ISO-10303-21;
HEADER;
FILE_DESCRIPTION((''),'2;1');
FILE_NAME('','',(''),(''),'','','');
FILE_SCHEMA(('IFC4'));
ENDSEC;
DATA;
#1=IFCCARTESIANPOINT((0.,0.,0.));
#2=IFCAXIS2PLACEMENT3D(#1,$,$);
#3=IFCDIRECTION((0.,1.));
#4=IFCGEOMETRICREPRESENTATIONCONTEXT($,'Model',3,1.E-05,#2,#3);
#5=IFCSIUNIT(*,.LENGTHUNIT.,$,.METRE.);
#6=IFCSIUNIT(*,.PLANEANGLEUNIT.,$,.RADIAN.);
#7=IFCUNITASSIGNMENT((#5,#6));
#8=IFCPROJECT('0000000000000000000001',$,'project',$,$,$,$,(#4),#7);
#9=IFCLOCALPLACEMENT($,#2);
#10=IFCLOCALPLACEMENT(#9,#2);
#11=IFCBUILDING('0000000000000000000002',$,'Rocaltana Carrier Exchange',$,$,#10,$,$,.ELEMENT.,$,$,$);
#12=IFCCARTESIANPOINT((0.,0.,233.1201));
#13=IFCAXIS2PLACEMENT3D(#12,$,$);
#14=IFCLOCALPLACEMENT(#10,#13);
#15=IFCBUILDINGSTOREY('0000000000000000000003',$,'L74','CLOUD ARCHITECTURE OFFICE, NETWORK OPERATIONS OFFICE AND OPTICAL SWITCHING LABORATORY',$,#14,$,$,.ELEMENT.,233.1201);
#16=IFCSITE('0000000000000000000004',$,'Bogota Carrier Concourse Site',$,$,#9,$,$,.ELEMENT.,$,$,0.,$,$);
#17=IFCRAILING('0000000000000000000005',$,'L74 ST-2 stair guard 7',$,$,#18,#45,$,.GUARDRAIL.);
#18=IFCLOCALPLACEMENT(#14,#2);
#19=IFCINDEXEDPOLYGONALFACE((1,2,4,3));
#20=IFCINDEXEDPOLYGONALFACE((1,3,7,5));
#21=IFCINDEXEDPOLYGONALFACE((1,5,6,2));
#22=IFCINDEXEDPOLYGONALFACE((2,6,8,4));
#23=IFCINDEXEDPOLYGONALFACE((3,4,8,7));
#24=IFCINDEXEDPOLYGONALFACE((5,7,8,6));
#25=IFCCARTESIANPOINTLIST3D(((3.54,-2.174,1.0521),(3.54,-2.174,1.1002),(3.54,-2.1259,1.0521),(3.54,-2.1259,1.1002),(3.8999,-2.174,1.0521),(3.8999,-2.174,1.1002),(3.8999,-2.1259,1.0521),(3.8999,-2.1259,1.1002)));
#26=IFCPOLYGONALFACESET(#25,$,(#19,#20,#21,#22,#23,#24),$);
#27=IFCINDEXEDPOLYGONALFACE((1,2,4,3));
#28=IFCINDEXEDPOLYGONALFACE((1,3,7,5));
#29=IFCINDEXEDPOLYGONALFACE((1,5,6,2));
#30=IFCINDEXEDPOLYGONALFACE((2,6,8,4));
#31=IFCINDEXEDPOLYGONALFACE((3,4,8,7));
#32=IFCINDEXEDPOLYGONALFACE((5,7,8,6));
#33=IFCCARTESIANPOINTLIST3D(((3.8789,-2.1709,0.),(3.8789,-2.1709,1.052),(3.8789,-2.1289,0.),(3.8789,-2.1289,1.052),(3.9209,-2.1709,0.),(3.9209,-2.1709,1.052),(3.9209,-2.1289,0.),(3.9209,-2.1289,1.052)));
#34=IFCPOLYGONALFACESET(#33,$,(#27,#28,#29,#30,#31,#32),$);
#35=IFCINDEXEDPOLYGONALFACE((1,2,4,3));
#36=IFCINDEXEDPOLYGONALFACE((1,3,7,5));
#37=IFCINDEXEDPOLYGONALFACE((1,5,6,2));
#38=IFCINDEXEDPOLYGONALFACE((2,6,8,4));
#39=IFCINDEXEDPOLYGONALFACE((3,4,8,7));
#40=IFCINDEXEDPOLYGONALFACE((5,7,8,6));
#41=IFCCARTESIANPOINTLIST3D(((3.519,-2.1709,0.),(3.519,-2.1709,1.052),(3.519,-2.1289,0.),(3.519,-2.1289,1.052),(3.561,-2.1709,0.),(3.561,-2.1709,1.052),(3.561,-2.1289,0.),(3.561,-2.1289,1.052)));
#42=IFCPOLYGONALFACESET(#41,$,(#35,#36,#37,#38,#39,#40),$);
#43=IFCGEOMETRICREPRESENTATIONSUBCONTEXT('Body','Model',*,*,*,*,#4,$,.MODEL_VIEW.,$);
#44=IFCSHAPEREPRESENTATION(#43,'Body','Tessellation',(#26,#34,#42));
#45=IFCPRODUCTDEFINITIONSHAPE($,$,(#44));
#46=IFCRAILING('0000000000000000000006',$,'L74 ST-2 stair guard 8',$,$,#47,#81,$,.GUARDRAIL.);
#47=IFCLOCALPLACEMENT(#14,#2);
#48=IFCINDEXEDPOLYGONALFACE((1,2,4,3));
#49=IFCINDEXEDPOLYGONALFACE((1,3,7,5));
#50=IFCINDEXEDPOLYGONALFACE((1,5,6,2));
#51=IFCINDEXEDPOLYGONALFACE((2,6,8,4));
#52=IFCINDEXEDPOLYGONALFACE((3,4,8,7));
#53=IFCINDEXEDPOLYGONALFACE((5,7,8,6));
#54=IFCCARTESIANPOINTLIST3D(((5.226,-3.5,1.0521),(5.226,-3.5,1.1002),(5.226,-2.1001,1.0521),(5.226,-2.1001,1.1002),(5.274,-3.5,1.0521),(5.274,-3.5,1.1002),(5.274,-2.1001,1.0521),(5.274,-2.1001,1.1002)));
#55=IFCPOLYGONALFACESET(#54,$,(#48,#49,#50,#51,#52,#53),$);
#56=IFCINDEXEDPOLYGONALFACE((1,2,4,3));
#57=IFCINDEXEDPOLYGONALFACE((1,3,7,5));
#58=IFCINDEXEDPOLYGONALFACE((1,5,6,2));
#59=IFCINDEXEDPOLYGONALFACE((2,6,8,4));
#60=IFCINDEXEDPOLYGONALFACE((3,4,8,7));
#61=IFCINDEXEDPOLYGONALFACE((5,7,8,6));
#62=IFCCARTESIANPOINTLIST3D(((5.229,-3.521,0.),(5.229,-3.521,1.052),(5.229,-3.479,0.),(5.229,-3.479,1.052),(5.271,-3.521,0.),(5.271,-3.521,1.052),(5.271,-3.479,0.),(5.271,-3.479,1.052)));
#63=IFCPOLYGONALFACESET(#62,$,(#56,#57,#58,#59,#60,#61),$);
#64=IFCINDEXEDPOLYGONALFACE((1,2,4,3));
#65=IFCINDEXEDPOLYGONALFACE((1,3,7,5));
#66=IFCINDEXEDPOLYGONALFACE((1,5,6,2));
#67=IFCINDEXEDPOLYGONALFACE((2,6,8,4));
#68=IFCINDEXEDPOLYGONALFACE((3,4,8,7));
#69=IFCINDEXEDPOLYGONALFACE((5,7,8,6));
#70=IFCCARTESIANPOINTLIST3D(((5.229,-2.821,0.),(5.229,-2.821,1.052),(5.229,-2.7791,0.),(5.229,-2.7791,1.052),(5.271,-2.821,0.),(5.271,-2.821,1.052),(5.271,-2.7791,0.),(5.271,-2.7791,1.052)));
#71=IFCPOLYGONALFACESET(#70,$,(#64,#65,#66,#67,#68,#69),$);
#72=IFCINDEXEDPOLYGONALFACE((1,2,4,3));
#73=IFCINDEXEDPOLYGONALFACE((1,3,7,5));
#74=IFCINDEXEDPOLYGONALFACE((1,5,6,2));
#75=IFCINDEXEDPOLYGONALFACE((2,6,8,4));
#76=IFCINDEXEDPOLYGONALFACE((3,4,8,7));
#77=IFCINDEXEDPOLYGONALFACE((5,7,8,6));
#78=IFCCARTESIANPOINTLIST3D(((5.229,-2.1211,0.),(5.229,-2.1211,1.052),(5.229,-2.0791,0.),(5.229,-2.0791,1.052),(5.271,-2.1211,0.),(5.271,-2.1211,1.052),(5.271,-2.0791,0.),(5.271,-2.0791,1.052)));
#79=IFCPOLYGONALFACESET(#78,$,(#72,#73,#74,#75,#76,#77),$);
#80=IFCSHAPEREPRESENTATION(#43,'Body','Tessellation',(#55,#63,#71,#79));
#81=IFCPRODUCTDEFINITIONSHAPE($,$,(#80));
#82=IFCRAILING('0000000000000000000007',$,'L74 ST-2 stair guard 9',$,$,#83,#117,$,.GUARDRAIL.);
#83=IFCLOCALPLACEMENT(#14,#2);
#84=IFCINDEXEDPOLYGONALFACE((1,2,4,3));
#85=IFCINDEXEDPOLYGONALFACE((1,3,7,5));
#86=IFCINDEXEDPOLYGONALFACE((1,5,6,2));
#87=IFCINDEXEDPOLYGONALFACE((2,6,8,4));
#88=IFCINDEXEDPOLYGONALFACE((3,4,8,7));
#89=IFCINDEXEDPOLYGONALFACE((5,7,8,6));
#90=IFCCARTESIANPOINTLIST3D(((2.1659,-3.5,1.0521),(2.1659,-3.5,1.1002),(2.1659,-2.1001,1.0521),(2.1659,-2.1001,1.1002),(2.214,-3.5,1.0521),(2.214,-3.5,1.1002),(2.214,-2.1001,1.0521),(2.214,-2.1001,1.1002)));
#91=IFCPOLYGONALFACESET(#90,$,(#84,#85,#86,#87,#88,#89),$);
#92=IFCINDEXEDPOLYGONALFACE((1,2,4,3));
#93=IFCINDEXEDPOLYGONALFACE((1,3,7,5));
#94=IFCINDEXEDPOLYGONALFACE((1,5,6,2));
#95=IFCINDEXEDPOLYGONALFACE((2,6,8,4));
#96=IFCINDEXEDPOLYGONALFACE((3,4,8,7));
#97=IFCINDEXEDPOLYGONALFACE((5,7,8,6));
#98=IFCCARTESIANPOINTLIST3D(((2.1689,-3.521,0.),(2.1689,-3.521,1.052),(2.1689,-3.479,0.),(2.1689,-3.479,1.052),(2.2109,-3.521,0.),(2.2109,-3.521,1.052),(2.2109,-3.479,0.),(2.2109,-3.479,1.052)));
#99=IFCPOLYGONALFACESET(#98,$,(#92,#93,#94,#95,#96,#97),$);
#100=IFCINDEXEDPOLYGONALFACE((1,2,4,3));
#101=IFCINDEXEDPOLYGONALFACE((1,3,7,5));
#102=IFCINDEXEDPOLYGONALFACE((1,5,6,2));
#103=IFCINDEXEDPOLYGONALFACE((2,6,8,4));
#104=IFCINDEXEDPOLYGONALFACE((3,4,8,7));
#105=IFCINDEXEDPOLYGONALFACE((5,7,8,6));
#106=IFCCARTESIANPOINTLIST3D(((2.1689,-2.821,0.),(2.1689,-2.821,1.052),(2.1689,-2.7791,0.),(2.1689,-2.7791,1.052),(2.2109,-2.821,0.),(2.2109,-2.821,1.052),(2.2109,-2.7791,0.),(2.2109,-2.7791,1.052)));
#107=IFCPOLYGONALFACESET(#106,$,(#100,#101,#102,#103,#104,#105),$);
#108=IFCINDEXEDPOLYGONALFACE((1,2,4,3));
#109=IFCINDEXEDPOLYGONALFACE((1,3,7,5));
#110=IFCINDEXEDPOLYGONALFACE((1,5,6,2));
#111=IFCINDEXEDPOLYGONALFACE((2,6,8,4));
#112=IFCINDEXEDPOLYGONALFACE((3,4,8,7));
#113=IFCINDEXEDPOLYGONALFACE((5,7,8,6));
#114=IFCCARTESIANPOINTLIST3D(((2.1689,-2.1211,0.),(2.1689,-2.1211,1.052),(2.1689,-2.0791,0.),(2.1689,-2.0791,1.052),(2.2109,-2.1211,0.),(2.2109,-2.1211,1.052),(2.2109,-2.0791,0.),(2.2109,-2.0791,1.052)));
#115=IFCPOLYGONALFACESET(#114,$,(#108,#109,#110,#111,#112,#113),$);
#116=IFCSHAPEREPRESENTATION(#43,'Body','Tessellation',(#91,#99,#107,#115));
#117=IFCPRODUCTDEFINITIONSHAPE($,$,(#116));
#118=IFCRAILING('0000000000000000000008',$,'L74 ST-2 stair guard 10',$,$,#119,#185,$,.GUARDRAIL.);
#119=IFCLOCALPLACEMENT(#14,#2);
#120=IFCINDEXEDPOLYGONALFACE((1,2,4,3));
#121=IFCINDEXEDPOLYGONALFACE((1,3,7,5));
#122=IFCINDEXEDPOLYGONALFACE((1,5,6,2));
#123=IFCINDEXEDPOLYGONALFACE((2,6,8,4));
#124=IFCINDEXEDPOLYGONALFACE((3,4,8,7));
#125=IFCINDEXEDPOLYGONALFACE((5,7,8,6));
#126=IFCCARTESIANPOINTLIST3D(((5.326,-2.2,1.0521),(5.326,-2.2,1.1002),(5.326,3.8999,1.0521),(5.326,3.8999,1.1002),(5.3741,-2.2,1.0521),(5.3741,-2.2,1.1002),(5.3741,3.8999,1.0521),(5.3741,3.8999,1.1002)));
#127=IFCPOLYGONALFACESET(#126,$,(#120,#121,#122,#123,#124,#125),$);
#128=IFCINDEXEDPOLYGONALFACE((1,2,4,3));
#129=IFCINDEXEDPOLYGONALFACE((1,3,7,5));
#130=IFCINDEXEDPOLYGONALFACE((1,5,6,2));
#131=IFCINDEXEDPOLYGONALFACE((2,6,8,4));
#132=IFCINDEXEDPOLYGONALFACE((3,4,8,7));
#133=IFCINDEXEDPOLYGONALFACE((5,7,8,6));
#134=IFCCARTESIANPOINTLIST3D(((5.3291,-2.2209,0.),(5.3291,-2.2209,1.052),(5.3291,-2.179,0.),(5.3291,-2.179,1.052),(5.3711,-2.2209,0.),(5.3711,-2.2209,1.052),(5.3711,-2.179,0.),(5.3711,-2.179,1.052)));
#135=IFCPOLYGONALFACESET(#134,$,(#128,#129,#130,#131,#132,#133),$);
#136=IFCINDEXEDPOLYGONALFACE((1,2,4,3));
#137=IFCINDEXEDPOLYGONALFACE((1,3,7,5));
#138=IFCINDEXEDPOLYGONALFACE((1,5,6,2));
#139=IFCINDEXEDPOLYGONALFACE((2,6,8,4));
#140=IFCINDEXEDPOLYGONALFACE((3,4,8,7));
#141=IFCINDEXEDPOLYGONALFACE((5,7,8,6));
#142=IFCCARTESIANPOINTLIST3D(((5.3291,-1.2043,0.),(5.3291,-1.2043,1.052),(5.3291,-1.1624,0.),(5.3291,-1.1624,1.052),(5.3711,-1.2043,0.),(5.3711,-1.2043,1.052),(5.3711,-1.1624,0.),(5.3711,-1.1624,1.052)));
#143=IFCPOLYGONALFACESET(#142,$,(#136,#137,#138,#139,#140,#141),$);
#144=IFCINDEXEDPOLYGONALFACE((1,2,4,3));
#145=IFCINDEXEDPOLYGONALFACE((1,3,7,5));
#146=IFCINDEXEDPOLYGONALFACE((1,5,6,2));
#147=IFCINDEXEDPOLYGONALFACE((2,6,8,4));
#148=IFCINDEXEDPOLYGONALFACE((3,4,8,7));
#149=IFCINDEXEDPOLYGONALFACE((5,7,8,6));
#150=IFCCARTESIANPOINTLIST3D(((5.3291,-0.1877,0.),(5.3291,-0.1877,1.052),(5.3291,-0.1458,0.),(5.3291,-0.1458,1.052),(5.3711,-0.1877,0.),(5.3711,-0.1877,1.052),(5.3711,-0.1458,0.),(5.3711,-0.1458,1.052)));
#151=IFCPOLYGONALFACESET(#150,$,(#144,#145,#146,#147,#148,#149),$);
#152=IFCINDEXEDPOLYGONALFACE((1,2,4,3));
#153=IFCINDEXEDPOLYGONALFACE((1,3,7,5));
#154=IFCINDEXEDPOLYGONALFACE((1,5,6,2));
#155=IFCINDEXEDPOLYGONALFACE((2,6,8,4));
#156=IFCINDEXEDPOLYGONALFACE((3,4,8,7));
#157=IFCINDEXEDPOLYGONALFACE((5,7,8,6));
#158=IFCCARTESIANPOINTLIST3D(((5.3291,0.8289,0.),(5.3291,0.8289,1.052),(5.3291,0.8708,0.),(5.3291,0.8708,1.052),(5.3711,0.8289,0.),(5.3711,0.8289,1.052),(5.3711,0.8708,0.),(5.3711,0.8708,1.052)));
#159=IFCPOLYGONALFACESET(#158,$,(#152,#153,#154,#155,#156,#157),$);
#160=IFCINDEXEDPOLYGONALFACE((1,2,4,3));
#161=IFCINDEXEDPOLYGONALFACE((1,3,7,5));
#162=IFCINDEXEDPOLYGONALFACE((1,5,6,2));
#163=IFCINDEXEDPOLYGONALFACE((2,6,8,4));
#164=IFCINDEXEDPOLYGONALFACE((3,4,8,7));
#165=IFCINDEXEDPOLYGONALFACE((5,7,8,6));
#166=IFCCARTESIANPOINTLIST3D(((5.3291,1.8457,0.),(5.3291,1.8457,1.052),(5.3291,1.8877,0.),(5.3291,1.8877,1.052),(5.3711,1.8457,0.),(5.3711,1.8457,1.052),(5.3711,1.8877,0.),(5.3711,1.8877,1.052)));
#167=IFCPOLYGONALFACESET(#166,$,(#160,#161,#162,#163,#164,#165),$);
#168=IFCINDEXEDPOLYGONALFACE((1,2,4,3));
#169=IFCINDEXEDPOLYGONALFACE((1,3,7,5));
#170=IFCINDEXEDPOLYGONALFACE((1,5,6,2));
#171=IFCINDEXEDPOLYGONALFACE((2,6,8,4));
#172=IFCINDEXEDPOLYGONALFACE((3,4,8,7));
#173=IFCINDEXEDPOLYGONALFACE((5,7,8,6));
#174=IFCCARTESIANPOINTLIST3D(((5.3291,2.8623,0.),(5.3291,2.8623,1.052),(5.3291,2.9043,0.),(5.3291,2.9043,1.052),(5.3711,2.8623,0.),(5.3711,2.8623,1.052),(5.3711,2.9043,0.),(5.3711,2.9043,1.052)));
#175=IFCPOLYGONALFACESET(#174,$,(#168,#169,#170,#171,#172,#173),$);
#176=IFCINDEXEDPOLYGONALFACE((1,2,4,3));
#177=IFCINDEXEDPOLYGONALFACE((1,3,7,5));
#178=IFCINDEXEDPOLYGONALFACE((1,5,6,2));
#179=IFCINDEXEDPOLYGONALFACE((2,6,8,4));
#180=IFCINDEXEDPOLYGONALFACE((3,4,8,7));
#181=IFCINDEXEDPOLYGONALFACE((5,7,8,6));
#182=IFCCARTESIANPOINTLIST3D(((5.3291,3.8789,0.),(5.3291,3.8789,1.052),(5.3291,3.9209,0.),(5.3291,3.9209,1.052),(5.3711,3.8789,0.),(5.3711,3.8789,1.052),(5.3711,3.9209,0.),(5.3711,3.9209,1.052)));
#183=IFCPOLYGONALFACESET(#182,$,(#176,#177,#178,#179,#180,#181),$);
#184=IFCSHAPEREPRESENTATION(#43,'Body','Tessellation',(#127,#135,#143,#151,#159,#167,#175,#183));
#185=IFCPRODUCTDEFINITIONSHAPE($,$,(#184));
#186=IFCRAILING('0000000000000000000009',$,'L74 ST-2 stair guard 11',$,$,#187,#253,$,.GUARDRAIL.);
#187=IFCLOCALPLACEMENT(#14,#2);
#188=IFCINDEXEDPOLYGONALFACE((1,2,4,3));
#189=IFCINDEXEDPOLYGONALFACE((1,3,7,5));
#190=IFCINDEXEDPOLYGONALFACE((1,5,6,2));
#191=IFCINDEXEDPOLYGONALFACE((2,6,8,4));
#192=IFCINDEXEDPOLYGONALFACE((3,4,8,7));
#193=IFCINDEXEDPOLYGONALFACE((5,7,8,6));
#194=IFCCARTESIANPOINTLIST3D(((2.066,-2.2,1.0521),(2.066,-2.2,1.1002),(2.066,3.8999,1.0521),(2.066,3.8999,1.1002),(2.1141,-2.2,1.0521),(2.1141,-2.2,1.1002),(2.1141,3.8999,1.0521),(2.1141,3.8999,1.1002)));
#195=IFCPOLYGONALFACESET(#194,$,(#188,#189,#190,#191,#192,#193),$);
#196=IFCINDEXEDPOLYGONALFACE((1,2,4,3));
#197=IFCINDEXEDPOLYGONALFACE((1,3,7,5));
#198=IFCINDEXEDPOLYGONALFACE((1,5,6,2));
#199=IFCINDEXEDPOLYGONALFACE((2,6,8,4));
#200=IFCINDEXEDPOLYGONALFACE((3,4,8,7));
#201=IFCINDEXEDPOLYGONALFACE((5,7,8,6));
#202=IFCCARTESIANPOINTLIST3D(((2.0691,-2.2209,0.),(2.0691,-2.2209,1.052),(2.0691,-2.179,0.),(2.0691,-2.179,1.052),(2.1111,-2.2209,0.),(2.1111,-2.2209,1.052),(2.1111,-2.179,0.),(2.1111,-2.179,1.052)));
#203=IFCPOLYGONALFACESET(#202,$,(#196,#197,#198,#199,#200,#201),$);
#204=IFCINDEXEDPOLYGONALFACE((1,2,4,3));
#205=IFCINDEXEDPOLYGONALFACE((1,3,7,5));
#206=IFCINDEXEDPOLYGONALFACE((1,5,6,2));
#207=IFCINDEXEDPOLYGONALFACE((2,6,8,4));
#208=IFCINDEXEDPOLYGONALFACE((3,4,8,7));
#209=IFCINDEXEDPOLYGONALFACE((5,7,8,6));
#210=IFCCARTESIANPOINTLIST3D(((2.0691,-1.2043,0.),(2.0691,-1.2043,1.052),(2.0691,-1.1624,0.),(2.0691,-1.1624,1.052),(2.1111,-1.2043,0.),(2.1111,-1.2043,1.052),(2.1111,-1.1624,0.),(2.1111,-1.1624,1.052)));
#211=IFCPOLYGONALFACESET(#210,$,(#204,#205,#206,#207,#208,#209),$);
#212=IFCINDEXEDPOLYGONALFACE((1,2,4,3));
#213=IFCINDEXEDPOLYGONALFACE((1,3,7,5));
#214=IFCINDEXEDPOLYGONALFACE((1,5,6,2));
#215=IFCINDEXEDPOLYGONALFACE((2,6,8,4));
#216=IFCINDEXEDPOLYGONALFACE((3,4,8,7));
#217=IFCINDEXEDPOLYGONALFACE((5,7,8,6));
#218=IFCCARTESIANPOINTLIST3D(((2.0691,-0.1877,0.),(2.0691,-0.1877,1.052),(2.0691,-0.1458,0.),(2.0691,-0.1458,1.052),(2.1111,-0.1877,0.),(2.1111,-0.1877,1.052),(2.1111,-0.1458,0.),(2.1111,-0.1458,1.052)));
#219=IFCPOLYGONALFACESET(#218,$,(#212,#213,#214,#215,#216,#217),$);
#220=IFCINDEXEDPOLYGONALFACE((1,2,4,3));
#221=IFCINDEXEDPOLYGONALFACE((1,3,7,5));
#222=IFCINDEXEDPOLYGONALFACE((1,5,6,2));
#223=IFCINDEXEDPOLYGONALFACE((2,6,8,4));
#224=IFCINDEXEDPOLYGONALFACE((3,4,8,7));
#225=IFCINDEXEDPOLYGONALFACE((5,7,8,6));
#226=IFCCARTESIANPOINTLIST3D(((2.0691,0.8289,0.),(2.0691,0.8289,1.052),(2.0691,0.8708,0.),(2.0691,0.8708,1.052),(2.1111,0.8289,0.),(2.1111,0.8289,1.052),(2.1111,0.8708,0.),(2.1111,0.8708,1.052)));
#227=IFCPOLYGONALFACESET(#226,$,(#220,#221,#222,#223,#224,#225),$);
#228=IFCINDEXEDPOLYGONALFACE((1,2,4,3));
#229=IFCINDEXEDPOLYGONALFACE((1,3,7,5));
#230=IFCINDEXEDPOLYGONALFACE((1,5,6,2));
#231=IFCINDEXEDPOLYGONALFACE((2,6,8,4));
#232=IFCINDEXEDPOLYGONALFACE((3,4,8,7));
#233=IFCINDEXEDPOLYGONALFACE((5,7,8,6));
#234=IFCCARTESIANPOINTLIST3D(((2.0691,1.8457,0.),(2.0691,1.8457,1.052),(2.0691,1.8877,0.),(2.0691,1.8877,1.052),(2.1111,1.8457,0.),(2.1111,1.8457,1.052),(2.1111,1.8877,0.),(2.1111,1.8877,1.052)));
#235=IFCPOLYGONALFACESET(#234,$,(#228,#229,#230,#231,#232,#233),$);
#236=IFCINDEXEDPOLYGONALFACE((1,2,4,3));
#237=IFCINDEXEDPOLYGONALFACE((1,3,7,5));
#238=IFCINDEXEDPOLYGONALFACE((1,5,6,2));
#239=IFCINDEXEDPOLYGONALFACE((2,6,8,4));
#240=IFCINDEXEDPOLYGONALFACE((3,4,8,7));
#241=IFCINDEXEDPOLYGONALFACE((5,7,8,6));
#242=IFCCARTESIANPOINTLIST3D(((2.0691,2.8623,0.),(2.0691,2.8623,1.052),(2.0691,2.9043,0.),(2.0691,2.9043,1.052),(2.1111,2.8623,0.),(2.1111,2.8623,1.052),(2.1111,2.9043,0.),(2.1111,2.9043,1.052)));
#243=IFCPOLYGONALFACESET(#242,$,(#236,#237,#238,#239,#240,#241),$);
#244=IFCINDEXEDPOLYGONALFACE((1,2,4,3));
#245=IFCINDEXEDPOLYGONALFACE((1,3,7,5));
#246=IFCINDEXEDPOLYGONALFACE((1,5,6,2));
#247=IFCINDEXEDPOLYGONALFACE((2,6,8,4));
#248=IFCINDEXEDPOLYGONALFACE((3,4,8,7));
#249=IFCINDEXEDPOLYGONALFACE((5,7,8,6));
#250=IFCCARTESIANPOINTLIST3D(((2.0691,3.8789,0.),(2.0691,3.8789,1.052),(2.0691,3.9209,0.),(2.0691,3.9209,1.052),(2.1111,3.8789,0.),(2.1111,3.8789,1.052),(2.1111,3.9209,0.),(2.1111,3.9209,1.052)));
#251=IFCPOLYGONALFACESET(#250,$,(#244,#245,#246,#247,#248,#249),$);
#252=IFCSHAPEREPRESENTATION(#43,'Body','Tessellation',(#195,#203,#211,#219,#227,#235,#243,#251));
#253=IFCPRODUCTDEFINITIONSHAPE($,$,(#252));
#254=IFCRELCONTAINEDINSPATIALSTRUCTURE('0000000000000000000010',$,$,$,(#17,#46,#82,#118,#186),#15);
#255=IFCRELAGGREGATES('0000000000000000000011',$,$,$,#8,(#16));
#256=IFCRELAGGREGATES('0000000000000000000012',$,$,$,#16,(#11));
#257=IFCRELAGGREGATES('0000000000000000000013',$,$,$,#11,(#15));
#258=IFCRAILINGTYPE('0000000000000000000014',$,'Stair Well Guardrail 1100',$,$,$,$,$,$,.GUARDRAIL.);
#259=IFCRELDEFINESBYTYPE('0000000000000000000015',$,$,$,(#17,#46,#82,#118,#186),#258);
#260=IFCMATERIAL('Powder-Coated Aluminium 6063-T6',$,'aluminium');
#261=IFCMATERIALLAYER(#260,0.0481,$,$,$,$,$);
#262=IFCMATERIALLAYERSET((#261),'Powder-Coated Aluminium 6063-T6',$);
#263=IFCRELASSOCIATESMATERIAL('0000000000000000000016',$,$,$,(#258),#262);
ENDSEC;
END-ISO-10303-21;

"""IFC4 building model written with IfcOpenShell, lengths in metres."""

from ifc_helpers import new_model, si_unit, direction, frame, origin, origin_2d, place, context, subcontext, project, spatial, rectangle, extrude, material, layer, layer_set, type_object, element, save


model = new_model("IFC4")

# Units and contexts
model_context = context("Model", 3, precision=1e-05, world=origin(), true_north=direction((0.0, 1.0)))
body_context = subcontext(model_context, "Body", "Model", "MODEL_VIEW")
ifc_project = project(units=[si_unit("LENGTHUNIT", "METRE"), si_unit("PLANEANGLEUNIT", "RADIAN")], contexts=[model_context])

# Site, building, storey
site_placement = place(None, origin())
site = spatial("IfcSite", under=ifc_project, at=site_placement, Name="Bogota Carrier Concourse Site", CompositionType="ELEMENT", RefElevation=0.0)
building_placement = place(site_placement, origin())
building = spatial("IfcBuilding", under=site, at=building_placement, Name="Rocaltana Carrier Exchange", CompositionType="ELEMENT")
storey_placement = place(building_placement, frame((0.0, 0.0, 233.1201)))
storey = spatial("IfcBuildingStorey", under=building, at=storey_placement, Name="L74", Description="CLOUD ARCHITECTURE OFFICE, NETWORK OPERATIONS OFFICE AND OPTICAL SWITCHING LABORATORY", CompositionType="ELEMENT", Elevation=233.1201)

# Railings
ifc_material_1 = material(Name="Powder-Coated Aluminium 6063-T6", Category="aluminium")
ifc_layer_1 = layer(ifc_material_1, 0.0481)
ifc_layer_set_1 = layer_set([ifc_layer_1], Name="Powder-Coated Aluminium 6063-T6")
railing_type_1 = type_object("IfcRailingType", Name="Stair Well Guardrail 1100", PredefinedType="GUARDRAIL", material=ifc_layer_set_1)
railing_1_placement = place(storey_placement, frame((3.8999, -2.1499, 0.0)))
element("IfcRailing", 1, at=railing_1_placement, inside=storey, type_object=railing_type_1, Name="L74 ST-2 stair guard 7", PredefinedType="GUARDRAIL", context=body_context, shape_type="SweptSolid", body=[
    extrude(rectangle(XDim=0.0481, YDim=0.0481, at=origin_2d()), frame((0.0, 0.0, 1.0762), z_axis=(-1.0, 0.0, 0.0), x_axis=(0.0, -1.0, 0.0)), (0.0, 0.0, 1.0), 0.3599),
    extrude(rectangle(XDim=0.042, YDim=0.042, at=origin_2d()), origin(), (0.0, 0.0, 1.0), 1.052),
    extrude(rectangle(XDim=0.042, YDim=0.042, at=origin_2d()), frame((-0.3599, 0.0, 0.0)), (0.0, 0.0, 1.0), 1.052),
])
for number, where, name in (
    (2, (5.25, -3.5, 0.0), "L74 ST-2 stair guard 8"),
    (3, (2.1899, -3.5, 0.0), "L74 ST-2 stair guard 9"),
):
    element("IfcRailing", number, at=place(storey_placement, frame(where)), inside=storey, type_object=railing_type_1, Name=name, PredefinedType="GUARDRAIL", context=body_context, shape_type="SweptSolid", body=[
        extrude(rectangle(XDim=0.0481, YDim=0.0481, at=origin_2d()), frame((0.0, 0.0, 1.0762), z_axis=(0.0, 1.0, 0.0), x_axis=(-1.0, 0.0, 0.0)), (0.0, 0.0, 1.0), 1.3999),
        extrude(rectangle(XDim=0.042, YDim=0.042, at=origin_2d()), origin(), (0.0, 0.0, 1.0), 1.052),
        extrude(rectangle(XDim=0.042, YDim=0.042, at=origin_2d()), frame((0.0, 0.7, 0.0)), (0.0, 0.0, 1.0), 1.052),
        extrude(rectangle(XDim=0.042, YDim=0.042, at=origin_2d()), frame((0.0, 1.3999, 0.0)), (0.0, 0.0, 1.0), 1.052),
    ])
for number, where, name in (
    (4, (5.3501, -2.2, 0.0), "L74 ST-2 stair guard 10"),
    (5, (2.0901, -2.2, 0.0), "L74 ST-2 stair guard 11"),
):
    element("IfcRailing", number, at=place(storey_placement, frame(where)), inside=storey, type_object=railing_type_1, Name=name, PredefinedType="GUARDRAIL", context=body_context, shape_type="SweptSolid", body=[
        extrude(rectangle(XDim=0.0481, YDim=0.0481, at=origin_2d()), frame((0.0, 0.0, 1.0762), z_axis=(0.0, 1.0, 0.0), x_axis=(-1.0, 0.0, 0.0)), (0.0, 0.0, 1.0), 6.0999),
        extrude(rectangle(XDim=0.042, YDim=0.042, at=origin_2d()), origin(), (0.0, 0.0, 1.0), 1.052),
        extrude(rectangle(XDim=0.042, YDim=0.042, at=origin_2d()), frame((0.0, 1.0166, 0.0)), (0.0, 0.0, 1.0), 1.052),
        extrude(rectangle(XDim=0.042, YDim=0.042, at=origin_2d()), frame((0.0, 2.0332, 0.0)), (0.0, 0.0, 1.0), 1.052),
        extrude(rectangle(XDim=0.042, YDim=0.042, at=origin_2d()), frame((0.0, 3.0498, 0.0)), (0.0, 0.0, 1.0), 1.052),
        extrude(rectangle(XDim=0.042, YDim=0.042, at=origin_2d()), frame((0.0, 4.0667, 0.0)), (0.0, 0.0, 1.0), 1.052),
        extrude(rectangle(XDim=0.042, YDim=0.042, at=origin_2d()), frame((0.0, 5.0833, 0.0)), (0.0, 0.0, 1.0), 1.052),
        extrude(rectangle(XDim=0.042, YDim=0.042, at=origin_2d()), frame((0.0, 6.0999, 0.0)), (0.0, 0.0, 1.0), 1.052),
    ])

save(model, "model.ifc")
